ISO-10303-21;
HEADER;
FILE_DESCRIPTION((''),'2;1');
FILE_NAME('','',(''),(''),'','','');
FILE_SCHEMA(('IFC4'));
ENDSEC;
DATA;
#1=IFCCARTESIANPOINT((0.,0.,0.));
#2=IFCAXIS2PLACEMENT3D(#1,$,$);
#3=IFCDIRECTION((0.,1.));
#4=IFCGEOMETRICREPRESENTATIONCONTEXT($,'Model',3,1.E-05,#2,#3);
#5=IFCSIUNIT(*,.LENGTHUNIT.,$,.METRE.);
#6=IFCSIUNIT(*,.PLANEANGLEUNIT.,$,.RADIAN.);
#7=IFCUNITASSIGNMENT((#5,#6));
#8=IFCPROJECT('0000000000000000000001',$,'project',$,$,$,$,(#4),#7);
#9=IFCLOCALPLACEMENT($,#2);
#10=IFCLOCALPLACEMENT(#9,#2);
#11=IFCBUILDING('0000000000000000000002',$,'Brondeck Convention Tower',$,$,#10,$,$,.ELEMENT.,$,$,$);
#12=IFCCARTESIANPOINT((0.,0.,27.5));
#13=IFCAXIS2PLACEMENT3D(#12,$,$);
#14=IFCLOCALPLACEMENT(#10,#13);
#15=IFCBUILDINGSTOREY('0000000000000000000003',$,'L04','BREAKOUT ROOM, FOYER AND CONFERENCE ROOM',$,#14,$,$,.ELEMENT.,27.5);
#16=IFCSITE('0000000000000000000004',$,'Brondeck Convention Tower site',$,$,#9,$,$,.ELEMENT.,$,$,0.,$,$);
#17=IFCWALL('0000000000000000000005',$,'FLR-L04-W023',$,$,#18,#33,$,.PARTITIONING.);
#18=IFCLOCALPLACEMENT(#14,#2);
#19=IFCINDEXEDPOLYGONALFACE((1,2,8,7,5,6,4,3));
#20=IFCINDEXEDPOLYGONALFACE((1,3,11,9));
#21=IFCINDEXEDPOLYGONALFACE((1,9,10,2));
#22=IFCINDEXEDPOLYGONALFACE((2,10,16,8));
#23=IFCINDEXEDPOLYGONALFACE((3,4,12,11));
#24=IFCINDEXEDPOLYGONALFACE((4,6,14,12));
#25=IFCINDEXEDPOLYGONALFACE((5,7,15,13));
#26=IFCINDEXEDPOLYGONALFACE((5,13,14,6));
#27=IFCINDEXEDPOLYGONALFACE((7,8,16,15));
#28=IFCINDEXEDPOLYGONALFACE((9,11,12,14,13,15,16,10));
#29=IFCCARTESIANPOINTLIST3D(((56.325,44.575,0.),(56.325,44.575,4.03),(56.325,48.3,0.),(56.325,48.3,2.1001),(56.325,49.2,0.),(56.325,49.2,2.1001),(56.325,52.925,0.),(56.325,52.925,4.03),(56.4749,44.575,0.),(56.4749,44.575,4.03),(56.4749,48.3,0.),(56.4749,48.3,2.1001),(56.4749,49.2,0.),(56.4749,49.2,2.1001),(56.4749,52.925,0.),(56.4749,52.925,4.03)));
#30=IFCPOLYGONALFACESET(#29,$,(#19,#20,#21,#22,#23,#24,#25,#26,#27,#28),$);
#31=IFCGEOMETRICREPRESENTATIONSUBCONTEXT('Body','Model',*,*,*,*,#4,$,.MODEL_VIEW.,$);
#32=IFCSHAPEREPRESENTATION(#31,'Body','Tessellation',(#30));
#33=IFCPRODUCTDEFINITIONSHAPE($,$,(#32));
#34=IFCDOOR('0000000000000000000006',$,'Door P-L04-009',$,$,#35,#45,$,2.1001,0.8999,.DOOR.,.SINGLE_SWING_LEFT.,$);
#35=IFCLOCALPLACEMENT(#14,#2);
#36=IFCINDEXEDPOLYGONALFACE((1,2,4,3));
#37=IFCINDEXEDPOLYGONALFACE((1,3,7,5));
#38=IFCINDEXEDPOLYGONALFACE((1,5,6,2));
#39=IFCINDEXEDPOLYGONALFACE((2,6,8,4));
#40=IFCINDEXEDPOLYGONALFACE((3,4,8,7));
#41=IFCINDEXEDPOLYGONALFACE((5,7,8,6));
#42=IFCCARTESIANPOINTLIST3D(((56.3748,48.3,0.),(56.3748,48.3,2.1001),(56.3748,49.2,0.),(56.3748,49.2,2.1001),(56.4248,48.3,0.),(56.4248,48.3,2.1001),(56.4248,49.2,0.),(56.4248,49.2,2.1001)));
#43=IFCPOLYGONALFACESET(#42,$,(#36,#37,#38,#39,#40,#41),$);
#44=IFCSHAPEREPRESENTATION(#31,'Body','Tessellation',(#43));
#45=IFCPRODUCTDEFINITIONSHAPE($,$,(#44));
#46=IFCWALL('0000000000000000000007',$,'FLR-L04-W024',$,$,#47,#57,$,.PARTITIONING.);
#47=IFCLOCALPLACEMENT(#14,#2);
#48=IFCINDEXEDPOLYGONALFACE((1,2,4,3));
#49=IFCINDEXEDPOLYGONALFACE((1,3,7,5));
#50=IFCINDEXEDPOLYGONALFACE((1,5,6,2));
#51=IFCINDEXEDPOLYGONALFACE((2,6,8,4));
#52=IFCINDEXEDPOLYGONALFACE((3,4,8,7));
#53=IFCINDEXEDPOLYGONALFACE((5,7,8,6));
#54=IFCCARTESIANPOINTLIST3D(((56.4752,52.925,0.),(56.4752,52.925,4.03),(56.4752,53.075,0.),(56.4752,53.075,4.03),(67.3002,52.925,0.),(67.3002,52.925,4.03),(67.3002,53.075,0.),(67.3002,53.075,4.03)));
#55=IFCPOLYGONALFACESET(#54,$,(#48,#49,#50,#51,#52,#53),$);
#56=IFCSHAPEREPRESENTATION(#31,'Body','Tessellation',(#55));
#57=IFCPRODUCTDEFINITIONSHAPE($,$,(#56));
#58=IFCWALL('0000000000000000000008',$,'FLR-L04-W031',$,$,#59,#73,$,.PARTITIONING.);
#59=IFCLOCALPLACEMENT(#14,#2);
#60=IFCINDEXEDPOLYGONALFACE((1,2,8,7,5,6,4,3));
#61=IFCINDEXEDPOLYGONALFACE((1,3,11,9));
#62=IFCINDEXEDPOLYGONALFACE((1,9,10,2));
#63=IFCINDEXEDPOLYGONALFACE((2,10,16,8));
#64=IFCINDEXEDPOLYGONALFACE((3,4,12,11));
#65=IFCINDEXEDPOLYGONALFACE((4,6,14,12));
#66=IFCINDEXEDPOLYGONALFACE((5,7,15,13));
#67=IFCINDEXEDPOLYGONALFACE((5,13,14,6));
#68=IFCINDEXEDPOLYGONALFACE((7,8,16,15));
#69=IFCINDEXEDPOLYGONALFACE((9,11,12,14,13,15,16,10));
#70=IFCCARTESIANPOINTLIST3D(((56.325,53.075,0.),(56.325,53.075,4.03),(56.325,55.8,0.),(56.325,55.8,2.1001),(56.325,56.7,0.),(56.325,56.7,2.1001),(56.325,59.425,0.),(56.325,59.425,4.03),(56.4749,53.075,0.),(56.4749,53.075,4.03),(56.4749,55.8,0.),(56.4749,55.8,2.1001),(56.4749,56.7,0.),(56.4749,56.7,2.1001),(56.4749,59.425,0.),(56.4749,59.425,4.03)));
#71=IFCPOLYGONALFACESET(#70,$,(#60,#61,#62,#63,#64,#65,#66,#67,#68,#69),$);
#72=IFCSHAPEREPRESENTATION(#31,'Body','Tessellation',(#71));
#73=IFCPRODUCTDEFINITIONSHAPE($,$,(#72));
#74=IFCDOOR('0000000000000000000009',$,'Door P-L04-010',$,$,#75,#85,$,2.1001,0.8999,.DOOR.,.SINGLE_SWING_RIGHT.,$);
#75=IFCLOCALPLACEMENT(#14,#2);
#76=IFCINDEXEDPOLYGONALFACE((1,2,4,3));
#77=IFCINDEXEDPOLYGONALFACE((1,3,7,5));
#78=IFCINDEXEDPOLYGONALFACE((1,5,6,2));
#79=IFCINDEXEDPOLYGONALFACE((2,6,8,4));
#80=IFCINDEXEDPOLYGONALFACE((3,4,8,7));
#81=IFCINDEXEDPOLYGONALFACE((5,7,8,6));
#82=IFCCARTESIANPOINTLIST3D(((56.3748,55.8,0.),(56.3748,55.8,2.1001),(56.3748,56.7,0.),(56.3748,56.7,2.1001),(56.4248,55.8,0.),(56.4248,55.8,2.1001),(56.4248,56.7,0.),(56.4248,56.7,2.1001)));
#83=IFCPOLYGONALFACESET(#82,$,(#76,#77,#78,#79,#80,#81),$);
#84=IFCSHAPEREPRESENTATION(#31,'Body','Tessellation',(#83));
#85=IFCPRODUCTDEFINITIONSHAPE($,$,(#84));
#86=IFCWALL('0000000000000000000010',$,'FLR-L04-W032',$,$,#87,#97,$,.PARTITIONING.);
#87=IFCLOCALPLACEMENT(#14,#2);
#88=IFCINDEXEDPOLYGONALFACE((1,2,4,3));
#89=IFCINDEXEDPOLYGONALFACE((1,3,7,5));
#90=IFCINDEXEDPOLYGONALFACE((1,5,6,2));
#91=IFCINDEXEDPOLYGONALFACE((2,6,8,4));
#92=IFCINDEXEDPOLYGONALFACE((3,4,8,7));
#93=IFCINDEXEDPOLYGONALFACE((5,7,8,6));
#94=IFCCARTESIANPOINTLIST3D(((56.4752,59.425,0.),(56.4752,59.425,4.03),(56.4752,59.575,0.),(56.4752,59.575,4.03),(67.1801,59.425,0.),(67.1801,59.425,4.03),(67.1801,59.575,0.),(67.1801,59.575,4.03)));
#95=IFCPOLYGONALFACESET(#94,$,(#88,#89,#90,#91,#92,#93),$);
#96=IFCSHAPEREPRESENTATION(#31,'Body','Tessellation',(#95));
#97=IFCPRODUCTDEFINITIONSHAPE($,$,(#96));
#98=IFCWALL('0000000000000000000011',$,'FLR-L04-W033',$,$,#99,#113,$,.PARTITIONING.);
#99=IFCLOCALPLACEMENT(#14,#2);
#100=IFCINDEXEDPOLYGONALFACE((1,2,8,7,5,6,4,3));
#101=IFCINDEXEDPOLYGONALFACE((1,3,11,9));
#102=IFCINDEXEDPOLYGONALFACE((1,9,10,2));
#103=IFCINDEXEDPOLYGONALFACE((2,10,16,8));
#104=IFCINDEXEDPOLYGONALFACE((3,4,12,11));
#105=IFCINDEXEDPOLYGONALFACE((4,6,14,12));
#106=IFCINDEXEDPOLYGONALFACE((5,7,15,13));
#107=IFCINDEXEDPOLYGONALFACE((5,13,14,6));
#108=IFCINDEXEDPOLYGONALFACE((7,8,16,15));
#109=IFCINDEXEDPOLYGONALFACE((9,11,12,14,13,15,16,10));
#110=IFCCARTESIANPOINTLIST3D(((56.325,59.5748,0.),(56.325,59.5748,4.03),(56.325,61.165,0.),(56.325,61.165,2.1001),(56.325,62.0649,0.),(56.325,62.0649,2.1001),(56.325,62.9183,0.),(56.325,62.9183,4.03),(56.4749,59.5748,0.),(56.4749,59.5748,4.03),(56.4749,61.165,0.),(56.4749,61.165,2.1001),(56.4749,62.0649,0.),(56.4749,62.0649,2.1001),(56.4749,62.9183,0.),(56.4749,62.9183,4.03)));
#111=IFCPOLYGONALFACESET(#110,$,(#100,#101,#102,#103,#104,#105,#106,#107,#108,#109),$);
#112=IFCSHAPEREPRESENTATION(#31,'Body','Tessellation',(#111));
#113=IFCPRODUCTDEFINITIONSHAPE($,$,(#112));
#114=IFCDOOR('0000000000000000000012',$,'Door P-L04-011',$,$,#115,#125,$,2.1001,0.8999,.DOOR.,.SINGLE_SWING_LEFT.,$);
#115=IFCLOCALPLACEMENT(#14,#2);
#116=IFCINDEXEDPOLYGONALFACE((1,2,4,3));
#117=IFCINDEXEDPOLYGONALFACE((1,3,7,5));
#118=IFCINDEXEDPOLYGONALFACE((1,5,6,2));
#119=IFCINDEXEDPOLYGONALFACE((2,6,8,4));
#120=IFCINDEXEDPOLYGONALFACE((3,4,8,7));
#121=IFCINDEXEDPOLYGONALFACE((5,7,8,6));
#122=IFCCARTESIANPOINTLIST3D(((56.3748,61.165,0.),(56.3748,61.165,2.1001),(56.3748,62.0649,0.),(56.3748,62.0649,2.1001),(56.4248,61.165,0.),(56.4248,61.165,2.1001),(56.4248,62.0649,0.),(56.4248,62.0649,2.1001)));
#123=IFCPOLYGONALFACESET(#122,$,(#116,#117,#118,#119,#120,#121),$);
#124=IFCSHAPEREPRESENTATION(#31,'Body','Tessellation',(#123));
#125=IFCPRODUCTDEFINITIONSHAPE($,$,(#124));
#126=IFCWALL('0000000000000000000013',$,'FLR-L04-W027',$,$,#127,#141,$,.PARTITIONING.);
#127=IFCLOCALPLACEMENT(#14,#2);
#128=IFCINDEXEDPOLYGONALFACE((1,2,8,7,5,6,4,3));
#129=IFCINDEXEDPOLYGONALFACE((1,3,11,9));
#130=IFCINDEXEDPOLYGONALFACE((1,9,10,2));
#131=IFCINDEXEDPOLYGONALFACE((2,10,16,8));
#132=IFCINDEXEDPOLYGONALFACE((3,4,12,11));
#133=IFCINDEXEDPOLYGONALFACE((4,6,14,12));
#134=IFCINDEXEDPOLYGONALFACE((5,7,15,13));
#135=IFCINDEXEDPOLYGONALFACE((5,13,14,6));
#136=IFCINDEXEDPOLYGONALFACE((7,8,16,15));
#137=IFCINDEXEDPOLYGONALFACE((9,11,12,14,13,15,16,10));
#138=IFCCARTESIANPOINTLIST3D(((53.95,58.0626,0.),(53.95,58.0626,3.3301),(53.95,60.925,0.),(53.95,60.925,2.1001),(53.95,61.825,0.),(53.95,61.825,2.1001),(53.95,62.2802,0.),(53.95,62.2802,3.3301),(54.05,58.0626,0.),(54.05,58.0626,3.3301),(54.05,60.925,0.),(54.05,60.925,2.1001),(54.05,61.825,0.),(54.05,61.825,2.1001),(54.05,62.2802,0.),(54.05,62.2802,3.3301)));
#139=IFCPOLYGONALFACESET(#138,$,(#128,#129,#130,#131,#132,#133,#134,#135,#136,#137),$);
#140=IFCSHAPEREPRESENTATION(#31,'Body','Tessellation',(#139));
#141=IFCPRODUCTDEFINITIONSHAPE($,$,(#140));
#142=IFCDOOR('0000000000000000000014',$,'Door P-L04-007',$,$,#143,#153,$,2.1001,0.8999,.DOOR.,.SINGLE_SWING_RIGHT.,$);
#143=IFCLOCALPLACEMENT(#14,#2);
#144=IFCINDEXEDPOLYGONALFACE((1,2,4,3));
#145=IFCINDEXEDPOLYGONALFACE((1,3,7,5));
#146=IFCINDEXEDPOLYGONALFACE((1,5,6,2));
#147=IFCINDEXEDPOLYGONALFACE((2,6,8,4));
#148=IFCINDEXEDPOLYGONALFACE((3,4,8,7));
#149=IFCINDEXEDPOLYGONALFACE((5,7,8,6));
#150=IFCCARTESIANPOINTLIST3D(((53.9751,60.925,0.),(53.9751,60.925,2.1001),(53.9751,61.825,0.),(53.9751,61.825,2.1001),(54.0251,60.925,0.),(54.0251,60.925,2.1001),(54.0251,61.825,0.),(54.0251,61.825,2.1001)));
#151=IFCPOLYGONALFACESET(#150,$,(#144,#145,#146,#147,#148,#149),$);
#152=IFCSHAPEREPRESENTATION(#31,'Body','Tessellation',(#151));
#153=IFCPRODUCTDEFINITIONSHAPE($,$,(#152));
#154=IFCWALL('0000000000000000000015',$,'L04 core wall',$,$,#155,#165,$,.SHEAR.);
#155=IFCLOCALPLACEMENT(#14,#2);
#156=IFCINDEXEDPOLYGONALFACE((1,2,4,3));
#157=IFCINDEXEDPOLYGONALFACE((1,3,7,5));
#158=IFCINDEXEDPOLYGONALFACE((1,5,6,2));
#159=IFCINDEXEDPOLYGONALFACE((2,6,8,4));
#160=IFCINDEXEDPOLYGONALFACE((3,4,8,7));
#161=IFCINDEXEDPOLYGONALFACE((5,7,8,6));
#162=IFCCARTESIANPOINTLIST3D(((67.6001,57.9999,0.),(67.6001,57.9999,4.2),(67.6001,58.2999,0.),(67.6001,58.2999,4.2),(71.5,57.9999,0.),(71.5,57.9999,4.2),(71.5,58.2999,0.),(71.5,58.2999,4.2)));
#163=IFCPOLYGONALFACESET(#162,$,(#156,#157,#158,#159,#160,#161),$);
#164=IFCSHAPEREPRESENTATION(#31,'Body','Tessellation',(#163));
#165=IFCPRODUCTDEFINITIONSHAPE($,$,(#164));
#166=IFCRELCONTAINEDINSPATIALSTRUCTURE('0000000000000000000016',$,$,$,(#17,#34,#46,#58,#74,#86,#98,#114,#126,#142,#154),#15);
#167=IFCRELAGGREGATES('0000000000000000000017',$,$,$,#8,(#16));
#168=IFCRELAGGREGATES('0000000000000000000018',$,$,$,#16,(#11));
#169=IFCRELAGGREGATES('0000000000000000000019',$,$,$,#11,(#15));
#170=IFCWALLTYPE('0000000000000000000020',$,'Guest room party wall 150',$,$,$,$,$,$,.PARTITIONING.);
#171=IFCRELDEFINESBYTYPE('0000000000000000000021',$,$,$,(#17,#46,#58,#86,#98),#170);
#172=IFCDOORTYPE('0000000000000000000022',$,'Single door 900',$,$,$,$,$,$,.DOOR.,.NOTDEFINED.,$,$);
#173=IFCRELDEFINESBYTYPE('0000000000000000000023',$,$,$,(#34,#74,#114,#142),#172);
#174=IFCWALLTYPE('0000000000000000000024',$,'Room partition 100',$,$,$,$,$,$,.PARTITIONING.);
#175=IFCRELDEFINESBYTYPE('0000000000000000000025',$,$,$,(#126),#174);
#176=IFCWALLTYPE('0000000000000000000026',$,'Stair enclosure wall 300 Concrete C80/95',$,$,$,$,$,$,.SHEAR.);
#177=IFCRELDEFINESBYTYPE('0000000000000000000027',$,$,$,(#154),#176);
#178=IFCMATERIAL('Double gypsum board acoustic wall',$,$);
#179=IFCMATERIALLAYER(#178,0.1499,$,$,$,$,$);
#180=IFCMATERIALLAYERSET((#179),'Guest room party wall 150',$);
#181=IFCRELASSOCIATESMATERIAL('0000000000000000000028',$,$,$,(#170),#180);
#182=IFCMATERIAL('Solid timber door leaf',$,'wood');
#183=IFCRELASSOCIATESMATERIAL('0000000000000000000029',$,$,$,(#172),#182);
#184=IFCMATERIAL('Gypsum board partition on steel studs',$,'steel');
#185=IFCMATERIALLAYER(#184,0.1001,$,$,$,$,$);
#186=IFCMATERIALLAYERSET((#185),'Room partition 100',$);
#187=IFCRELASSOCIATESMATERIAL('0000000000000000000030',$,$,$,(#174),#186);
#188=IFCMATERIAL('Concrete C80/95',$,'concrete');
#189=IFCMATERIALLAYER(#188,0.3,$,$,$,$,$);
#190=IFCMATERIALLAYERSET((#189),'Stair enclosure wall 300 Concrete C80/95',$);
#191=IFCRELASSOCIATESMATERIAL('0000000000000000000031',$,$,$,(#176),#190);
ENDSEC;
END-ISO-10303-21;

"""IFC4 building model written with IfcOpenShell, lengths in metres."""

from ifc_helpers import new_model, si_unit, direction, frame, frame_2d, origin, place, context, subcontext, project, spatial, rectangle, extrude, material, layer, layer_set, type_object, element, fill, save


model = new_model("IFC4")

# Units and contexts
model_context = context("Model", 3, precision=1e-05, world=origin(), true_north=direction((0.0, 1.0)))
body_context = subcontext(model_context, "Body", "Model", "MODEL_VIEW")
ifc_project = project(units=[si_unit("LENGTHUNIT", "METRE"), si_unit("PLANEANGLEUNIT", "RADIAN")], contexts=[model_context])

# Site, building, storey
site_placement = place(None, origin())
site = spatial("IfcSite", under=ifc_project, at=site_placement, Name="Brondeck Convention Tower site", CompositionType="ELEMENT", RefElevation=0.0)
building_placement = place(site_placement, origin())
building = spatial("IfcBuilding", under=site, at=building_placement, Name="Brondeck Convention Tower", CompositionType="ELEMENT")
storey_placement = place(building_placement, frame((0.0, 0.0, 27.5)))
storey = spatial("IfcBuildingStorey", under=building, at=storey_placement, Name="L04", Description="BREAKOUT ROOM, FOYER AND CONFERENCE ROOM", CompositionType="ELEMENT", Elevation=27.5)

# Shared definitions
ifc_material_1 = material(Name="Concrete C80/95", Category="concrete")

# Wall, opening, door
ifc_material_2 = material(Name="Double gypsum board acoustic wall")
ifc_layer_1 = layer(ifc_material_2, 0.1499)
ifc_layer_set_1 = layer_set([ifc_layer_1], Name="Guest room party wall 150")
wall_type_1 = type_object("IfcWallType", Name="Guest room party wall 150", PredefinedType="PARTITIONING", material=ifc_layer_set_1)
wall_1_placement = place(storey_placement, frame((56.3999, 52.925, 0.0), z_axis=(0.0, 0.0, 1.0), x_axis=(0.0, -1.0, 0.0)))
wall_1 = element("IfcWall", 1, at=wall_1_placement, inside=storey, type_object=wall_type_1, Name="FLR-L04-W023", PredefinedType="PARTITIONING", context=body_context, shape_type="SweptSolid", body=[
    extrude(rectangle(XDim=8.3501, YDim=0.1499, at=frame_2d((4.175, 0.0))), origin(), (0.0, 0.0, 1.0), 4.03),
])
opening_1_placement = place(wall_1_placement, frame((3.7251, 0.0, 0.0)))
opening_1 = element("IfcOpeningElement", 2, at=opening_1_placement, cuts=wall_1, PredefinedType="OPENING", context=body_context, shape_type="SweptSolid", body=[
    extrude(rectangle(XDim=0.8999, YDim=2.1001, at=frame_2d((0.45, 1.05))), frame((0.0, 0.085, 0.0), z_axis=(0.0, -1.0, 0.0), x_axis=(1.0, 0.0, 0.0)), (0.0, 0.0, 1.0), 0.1699),
])
ifc_material_3 = material(Name="Solid timber door leaf", Category="wood")
door_type = type_object("IfcDoorType", Name="Single door 900", OperationType="NOTDEFINED", PredefinedType="DOOR", material=ifc_material_3)
door_1_placement = place(opening_1_placement, origin())
door_1 = element("IfcDoor", 3, at=door_1_placement, inside=storey, type_object=door_type, Name="Door P-L04-009", OperationType="SINGLE_SWING_LEFT", OverallHeight=2.1001, OverallWidth=0.8999, PredefinedType="DOOR", context=body_context, shape_type="SweptSolid", body=[
    extrude(rectangle(XDim=0.8999, YDim=2.1001, at=frame_2d((0.45, 1.05))), frame((0.0, 0.0249, 0.0), z_axis=(0.0, -1.0, 0.0), x_axis=(1.0, 0.0, 0.0)), (0.0, 0.0, 1.0), 0.05),
])
fill(opening_1, door_1)

# Wall
wall_2_placement = place(storey_placement, frame((56.4751, 53.0, 0.0), z_axis=(0.0, 0.0, 1.0), x_axis=(1.0, 0.0, 0.0)))
element("IfcWall", 4, at=wall_2_placement, inside=storey, type_object=wall_type_1, Name="FLR-L04-W024", PredefinedType="PARTITIONING", context=body_context, shape_type="SweptSolid", body=[
    extrude(rectangle(XDim=10.825, YDim=0.1499, at=frame_2d((5.4126, 0.0))), origin(), (0.0, 0.0, 1.0), 4.03),
])

# Wall, opening, door
wall_3_placement = place(storey_placement, frame((56.3999, 59.425, 0.0), z_axis=(0.0, 0.0, 1.0), x_axis=(0.0, -1.0, 0.0)))
wall_3 = element("IfcWall", 5, at=wall_3_placement, inside=storey, type_object=wall_type_1, Name="FLR-L04-W031", PredefinedType="PARTITIONING", context=body_context, shape_type="SweptSolid", body=[
    extrude(rectangle(XDim=6.3501, YDim=0.1499, at=frame_2d((3.175, 0.0))), origin(), (0.0, 0.0, 1.0), 4.03),
])
opening_2_placement = place(wall_3_placement, frame((2.7251, 0.0, 0.0)))
opening_2 = element("IfcOpeningElement", 6, at=opening_2_placement, cuts=wall_3, PredefinedType="OPENING", context=body_context, shape_type="SweptSolid", body=[
    extrude(rectangle(XDim=0.8999, YDim=2.1001, at=frame_2d((0.45, 1.05))), frame((0.0, 0.085, 0.0), z_axis=(0.0, -1.0, 0.0), x_axis=(1.0, 0.0, 0.0)), (0.0, 0.0, 1.0), 0.1699),
])
door_2_placement = place(opening_2_placement, origin())
door_2 = element("IfcDoor", 7, at=door_2_placement, inside=storey, type_object=door_type, Name="Door P-L04-010", OperationType="SINGLE_SWING_RIGHT", OverallHeight=2.1001, OverallWidth=0.8999, PredefinedType="DOOR", context=body_context, shape_type="SweptSolid", body=[
    extrude(rectangle(XDim=0.8999, YDim=2.1001, at=frame_2d((0.45, 1.05))), frame((0.0, 0.0249, 0.0), z_axis=(0.0, -1.0, 0.0), x_axis=(1.0, 0.0, 0.0)), (0.0, 0.0, 1.0), 0.05),
])
fill(opening_2, door_2)

# Wall
wall_4_placement = place(storey_placement, frame((56.4751, 59.5, 0.0), z_axis=(0.0, 0.0, 1.0), x_axis=(1.0, 0.0, 0.0)))
element("IfcWall", 8, at=wall_4_placement, inside=storey, type_object=wall_type_1, Name="FLR-L04-W032", PredefinedType="PARTITIONING", context=body_context, shape_type="SweptSolid", body=[
    extrude(rectangle(XDim=10.7048, YDim=0.1499, at=frame_2d((5.3525, 0.0))), origin(), (0.0, 0.0, 1.0), 4.03),
])

# Walls, openings, doors
wall_5_placement = place(storey_placement, frame((56.3999, 62.9185, 0.0), z_axis=(0.0, 0.0, 1.0), x_axis=(0.0, -1.0, 0.0)))
wall_5 = element("IfcWall", 9, at=wall_5_placement, inside=storey, type_object=wall_type_1, Name="FLR-L04-W033", PredefinedType="PARTITIONING", context=body_context, shape_type="SweptSolid", body=[
    extrude(rectangle(XDim=3.3435, YDim=0.1499, at=frame_2d((1.6719, 0.0))), origin(), (0.0, 0.0, 1.0), 4.03),
])
opening_3_placement = place(wall_5_placement, frame((0.8535, 0.0, 0.0)))
opening_3 = element("IfcOpeningElement", 10, at=opening_3_placement, cuts=wall_5, PredefinedType="OPENING", context=body_context, shape_type="SweptSolid", body=[
    extrude(rectangle(XDim=0.8999, YDim=2.1001, at=frame_2d((0.45, 1.05))), frame((0.0, 0.085, 0.0), z_axis=(0.0, -1.0, 0.0), x_axis=(1.0, 0.0, 0.0)), (0.0, 0.0, 1.0), 0.1699),
])
door_3_placement = place(opening_3_placement, origin())
door_3 = element("IfcDoor", 11, at=door_3_placement, inside=storey, type_object=door_type, Name="Door P-L04-011", OperationType="SINGLE_SWING_LEFT", OverallHeight=2.1001, OverallWidth=0.8999, PredefinedType="DOOR", context=body_context, shape_type="SweptSolid", body=[
    extrude(rectangle(XDim=0.8999, YDim=2.1001, at=frame_2d((0.45, 1.05))), frame((0.0, 0.0249, 0.0), z_axis=(0.0, -1.0, 0.0), x_axis=(1.0, 0.0, 0.0)), (0.0, 0.0, 1.0), 0.05),
])
fill(opening_3, door_3)
ifc_material_4 = material(Name="Gypsum board partition on steel studs", Category="steel")
ifc_layer_2 = layer(ifc_material_4, 0.1001)
ifc_layer_set_2 = layer_set([ifc_layer_2], Name="Room partition 100")
wall_type_2 = type_object("IfcWallType", Name="Room partition 100", PredefinedType="PARTITIONING", material=ifc_layer_set_2)
wall_6_placement = place(storey_placement, frame((54.0, 58.0625, 0.0), z_axis=(0.0, 0.0, 1.0), x_axis=(0.0, 1.0, 0.0)))
wall_6 = element("IfcWall", 12, at=wall_6_placement, inside=storey, type_object=wall_type_2, Name="FLR-L04-W027", PredefinedType="PARTITIONING", context=body_context, shape_type="SweptSolid", body=[
    extrude(rectangle(XDim=4.2175, YDim=0.1001, at=frame_2d((2.1089, 0.0))), origin(), (0.0, 0.0, 1.0), 3.3301),
])
opening_4_placement = place(wall_6_placement, frame((2.8625, 0.0, 0.0)))
opening_4 = element("IfcOpeningElement", 13, at=opening_4_placement, cuts=wall_6, PredefinedType="OPENING", context=body_context, shape_type="SweptSolid", body=[
    extrude(rectangle(XDim=0.8999, YDim=2.1001, at=frame_2d((0.45, 1.05))), frame((0.0, 0.0601, 0.0), z_axis=(0.0, -1.0, 0.0), x_axis=(1.0, 0.0, 0.0)), (0.0, 0.0, 1.0), 0.1201),
])
door_4_placement = place(opening_4_placement, origin())
door_4 = element("IfcDoor", 14, at=door_4_placement, inside=storey, type_object=door_type, Name="Door P-L04-007", OperationType="SINGLE_SWING_RIGHT", OverallHeight=2.1001, OverallWidth=0.8999, PredefinedType="DOOR", context=body_context, shape_type="SweptSolid", body=[
    extrude(rectangle(XDim=0.8999, YDim=2.1001, at=frame_2d((0.45, 1.05))), frame((0.0, 0.0249, 0.0), z_axis=(0.0, -1.0, 0.0), x_axis=(1.0, 0.0, 0.0)), (0.0, 0.0, 1.0), 0.05),
])
fill(opening_4, door_4)

# Wall
ifc_layer_3 = layer(ifc_material_1, 0.3)
ifc_layer_set_3 = layer_set([ifc_layer_3], Name="Stair enclosure wall 300 Concrete C80/95")
wall_type_3 = type_object("IfcWallType", Name="Stair enclosure wall 300 Concrete C80/95", PredefinedType="SHEAR", material=ifc_layer_set_3)
wall_7_placement = place(storey_placement, frame((67.6001, 58.1499, 0.0), z_axis=(0.0, 0.0, 1.0), x_axis=(1.0, 0.0, 0.0)))
element("IfcWall", 15, at=wall_7_placement, inside=storey, type_object=wall_type_3, Name="L04 core wall", PredefinedType="SHEAR", context=body_context, shape_type="SweptSolid", body=[
    extrude(rectangle(XDim=3.8999, YDim=0.3, at=frame_2d((1.95, 0.0))), origin(), (0.0, 0.0, 1.0), 4.2),
])

save(model, "model.ifc")
